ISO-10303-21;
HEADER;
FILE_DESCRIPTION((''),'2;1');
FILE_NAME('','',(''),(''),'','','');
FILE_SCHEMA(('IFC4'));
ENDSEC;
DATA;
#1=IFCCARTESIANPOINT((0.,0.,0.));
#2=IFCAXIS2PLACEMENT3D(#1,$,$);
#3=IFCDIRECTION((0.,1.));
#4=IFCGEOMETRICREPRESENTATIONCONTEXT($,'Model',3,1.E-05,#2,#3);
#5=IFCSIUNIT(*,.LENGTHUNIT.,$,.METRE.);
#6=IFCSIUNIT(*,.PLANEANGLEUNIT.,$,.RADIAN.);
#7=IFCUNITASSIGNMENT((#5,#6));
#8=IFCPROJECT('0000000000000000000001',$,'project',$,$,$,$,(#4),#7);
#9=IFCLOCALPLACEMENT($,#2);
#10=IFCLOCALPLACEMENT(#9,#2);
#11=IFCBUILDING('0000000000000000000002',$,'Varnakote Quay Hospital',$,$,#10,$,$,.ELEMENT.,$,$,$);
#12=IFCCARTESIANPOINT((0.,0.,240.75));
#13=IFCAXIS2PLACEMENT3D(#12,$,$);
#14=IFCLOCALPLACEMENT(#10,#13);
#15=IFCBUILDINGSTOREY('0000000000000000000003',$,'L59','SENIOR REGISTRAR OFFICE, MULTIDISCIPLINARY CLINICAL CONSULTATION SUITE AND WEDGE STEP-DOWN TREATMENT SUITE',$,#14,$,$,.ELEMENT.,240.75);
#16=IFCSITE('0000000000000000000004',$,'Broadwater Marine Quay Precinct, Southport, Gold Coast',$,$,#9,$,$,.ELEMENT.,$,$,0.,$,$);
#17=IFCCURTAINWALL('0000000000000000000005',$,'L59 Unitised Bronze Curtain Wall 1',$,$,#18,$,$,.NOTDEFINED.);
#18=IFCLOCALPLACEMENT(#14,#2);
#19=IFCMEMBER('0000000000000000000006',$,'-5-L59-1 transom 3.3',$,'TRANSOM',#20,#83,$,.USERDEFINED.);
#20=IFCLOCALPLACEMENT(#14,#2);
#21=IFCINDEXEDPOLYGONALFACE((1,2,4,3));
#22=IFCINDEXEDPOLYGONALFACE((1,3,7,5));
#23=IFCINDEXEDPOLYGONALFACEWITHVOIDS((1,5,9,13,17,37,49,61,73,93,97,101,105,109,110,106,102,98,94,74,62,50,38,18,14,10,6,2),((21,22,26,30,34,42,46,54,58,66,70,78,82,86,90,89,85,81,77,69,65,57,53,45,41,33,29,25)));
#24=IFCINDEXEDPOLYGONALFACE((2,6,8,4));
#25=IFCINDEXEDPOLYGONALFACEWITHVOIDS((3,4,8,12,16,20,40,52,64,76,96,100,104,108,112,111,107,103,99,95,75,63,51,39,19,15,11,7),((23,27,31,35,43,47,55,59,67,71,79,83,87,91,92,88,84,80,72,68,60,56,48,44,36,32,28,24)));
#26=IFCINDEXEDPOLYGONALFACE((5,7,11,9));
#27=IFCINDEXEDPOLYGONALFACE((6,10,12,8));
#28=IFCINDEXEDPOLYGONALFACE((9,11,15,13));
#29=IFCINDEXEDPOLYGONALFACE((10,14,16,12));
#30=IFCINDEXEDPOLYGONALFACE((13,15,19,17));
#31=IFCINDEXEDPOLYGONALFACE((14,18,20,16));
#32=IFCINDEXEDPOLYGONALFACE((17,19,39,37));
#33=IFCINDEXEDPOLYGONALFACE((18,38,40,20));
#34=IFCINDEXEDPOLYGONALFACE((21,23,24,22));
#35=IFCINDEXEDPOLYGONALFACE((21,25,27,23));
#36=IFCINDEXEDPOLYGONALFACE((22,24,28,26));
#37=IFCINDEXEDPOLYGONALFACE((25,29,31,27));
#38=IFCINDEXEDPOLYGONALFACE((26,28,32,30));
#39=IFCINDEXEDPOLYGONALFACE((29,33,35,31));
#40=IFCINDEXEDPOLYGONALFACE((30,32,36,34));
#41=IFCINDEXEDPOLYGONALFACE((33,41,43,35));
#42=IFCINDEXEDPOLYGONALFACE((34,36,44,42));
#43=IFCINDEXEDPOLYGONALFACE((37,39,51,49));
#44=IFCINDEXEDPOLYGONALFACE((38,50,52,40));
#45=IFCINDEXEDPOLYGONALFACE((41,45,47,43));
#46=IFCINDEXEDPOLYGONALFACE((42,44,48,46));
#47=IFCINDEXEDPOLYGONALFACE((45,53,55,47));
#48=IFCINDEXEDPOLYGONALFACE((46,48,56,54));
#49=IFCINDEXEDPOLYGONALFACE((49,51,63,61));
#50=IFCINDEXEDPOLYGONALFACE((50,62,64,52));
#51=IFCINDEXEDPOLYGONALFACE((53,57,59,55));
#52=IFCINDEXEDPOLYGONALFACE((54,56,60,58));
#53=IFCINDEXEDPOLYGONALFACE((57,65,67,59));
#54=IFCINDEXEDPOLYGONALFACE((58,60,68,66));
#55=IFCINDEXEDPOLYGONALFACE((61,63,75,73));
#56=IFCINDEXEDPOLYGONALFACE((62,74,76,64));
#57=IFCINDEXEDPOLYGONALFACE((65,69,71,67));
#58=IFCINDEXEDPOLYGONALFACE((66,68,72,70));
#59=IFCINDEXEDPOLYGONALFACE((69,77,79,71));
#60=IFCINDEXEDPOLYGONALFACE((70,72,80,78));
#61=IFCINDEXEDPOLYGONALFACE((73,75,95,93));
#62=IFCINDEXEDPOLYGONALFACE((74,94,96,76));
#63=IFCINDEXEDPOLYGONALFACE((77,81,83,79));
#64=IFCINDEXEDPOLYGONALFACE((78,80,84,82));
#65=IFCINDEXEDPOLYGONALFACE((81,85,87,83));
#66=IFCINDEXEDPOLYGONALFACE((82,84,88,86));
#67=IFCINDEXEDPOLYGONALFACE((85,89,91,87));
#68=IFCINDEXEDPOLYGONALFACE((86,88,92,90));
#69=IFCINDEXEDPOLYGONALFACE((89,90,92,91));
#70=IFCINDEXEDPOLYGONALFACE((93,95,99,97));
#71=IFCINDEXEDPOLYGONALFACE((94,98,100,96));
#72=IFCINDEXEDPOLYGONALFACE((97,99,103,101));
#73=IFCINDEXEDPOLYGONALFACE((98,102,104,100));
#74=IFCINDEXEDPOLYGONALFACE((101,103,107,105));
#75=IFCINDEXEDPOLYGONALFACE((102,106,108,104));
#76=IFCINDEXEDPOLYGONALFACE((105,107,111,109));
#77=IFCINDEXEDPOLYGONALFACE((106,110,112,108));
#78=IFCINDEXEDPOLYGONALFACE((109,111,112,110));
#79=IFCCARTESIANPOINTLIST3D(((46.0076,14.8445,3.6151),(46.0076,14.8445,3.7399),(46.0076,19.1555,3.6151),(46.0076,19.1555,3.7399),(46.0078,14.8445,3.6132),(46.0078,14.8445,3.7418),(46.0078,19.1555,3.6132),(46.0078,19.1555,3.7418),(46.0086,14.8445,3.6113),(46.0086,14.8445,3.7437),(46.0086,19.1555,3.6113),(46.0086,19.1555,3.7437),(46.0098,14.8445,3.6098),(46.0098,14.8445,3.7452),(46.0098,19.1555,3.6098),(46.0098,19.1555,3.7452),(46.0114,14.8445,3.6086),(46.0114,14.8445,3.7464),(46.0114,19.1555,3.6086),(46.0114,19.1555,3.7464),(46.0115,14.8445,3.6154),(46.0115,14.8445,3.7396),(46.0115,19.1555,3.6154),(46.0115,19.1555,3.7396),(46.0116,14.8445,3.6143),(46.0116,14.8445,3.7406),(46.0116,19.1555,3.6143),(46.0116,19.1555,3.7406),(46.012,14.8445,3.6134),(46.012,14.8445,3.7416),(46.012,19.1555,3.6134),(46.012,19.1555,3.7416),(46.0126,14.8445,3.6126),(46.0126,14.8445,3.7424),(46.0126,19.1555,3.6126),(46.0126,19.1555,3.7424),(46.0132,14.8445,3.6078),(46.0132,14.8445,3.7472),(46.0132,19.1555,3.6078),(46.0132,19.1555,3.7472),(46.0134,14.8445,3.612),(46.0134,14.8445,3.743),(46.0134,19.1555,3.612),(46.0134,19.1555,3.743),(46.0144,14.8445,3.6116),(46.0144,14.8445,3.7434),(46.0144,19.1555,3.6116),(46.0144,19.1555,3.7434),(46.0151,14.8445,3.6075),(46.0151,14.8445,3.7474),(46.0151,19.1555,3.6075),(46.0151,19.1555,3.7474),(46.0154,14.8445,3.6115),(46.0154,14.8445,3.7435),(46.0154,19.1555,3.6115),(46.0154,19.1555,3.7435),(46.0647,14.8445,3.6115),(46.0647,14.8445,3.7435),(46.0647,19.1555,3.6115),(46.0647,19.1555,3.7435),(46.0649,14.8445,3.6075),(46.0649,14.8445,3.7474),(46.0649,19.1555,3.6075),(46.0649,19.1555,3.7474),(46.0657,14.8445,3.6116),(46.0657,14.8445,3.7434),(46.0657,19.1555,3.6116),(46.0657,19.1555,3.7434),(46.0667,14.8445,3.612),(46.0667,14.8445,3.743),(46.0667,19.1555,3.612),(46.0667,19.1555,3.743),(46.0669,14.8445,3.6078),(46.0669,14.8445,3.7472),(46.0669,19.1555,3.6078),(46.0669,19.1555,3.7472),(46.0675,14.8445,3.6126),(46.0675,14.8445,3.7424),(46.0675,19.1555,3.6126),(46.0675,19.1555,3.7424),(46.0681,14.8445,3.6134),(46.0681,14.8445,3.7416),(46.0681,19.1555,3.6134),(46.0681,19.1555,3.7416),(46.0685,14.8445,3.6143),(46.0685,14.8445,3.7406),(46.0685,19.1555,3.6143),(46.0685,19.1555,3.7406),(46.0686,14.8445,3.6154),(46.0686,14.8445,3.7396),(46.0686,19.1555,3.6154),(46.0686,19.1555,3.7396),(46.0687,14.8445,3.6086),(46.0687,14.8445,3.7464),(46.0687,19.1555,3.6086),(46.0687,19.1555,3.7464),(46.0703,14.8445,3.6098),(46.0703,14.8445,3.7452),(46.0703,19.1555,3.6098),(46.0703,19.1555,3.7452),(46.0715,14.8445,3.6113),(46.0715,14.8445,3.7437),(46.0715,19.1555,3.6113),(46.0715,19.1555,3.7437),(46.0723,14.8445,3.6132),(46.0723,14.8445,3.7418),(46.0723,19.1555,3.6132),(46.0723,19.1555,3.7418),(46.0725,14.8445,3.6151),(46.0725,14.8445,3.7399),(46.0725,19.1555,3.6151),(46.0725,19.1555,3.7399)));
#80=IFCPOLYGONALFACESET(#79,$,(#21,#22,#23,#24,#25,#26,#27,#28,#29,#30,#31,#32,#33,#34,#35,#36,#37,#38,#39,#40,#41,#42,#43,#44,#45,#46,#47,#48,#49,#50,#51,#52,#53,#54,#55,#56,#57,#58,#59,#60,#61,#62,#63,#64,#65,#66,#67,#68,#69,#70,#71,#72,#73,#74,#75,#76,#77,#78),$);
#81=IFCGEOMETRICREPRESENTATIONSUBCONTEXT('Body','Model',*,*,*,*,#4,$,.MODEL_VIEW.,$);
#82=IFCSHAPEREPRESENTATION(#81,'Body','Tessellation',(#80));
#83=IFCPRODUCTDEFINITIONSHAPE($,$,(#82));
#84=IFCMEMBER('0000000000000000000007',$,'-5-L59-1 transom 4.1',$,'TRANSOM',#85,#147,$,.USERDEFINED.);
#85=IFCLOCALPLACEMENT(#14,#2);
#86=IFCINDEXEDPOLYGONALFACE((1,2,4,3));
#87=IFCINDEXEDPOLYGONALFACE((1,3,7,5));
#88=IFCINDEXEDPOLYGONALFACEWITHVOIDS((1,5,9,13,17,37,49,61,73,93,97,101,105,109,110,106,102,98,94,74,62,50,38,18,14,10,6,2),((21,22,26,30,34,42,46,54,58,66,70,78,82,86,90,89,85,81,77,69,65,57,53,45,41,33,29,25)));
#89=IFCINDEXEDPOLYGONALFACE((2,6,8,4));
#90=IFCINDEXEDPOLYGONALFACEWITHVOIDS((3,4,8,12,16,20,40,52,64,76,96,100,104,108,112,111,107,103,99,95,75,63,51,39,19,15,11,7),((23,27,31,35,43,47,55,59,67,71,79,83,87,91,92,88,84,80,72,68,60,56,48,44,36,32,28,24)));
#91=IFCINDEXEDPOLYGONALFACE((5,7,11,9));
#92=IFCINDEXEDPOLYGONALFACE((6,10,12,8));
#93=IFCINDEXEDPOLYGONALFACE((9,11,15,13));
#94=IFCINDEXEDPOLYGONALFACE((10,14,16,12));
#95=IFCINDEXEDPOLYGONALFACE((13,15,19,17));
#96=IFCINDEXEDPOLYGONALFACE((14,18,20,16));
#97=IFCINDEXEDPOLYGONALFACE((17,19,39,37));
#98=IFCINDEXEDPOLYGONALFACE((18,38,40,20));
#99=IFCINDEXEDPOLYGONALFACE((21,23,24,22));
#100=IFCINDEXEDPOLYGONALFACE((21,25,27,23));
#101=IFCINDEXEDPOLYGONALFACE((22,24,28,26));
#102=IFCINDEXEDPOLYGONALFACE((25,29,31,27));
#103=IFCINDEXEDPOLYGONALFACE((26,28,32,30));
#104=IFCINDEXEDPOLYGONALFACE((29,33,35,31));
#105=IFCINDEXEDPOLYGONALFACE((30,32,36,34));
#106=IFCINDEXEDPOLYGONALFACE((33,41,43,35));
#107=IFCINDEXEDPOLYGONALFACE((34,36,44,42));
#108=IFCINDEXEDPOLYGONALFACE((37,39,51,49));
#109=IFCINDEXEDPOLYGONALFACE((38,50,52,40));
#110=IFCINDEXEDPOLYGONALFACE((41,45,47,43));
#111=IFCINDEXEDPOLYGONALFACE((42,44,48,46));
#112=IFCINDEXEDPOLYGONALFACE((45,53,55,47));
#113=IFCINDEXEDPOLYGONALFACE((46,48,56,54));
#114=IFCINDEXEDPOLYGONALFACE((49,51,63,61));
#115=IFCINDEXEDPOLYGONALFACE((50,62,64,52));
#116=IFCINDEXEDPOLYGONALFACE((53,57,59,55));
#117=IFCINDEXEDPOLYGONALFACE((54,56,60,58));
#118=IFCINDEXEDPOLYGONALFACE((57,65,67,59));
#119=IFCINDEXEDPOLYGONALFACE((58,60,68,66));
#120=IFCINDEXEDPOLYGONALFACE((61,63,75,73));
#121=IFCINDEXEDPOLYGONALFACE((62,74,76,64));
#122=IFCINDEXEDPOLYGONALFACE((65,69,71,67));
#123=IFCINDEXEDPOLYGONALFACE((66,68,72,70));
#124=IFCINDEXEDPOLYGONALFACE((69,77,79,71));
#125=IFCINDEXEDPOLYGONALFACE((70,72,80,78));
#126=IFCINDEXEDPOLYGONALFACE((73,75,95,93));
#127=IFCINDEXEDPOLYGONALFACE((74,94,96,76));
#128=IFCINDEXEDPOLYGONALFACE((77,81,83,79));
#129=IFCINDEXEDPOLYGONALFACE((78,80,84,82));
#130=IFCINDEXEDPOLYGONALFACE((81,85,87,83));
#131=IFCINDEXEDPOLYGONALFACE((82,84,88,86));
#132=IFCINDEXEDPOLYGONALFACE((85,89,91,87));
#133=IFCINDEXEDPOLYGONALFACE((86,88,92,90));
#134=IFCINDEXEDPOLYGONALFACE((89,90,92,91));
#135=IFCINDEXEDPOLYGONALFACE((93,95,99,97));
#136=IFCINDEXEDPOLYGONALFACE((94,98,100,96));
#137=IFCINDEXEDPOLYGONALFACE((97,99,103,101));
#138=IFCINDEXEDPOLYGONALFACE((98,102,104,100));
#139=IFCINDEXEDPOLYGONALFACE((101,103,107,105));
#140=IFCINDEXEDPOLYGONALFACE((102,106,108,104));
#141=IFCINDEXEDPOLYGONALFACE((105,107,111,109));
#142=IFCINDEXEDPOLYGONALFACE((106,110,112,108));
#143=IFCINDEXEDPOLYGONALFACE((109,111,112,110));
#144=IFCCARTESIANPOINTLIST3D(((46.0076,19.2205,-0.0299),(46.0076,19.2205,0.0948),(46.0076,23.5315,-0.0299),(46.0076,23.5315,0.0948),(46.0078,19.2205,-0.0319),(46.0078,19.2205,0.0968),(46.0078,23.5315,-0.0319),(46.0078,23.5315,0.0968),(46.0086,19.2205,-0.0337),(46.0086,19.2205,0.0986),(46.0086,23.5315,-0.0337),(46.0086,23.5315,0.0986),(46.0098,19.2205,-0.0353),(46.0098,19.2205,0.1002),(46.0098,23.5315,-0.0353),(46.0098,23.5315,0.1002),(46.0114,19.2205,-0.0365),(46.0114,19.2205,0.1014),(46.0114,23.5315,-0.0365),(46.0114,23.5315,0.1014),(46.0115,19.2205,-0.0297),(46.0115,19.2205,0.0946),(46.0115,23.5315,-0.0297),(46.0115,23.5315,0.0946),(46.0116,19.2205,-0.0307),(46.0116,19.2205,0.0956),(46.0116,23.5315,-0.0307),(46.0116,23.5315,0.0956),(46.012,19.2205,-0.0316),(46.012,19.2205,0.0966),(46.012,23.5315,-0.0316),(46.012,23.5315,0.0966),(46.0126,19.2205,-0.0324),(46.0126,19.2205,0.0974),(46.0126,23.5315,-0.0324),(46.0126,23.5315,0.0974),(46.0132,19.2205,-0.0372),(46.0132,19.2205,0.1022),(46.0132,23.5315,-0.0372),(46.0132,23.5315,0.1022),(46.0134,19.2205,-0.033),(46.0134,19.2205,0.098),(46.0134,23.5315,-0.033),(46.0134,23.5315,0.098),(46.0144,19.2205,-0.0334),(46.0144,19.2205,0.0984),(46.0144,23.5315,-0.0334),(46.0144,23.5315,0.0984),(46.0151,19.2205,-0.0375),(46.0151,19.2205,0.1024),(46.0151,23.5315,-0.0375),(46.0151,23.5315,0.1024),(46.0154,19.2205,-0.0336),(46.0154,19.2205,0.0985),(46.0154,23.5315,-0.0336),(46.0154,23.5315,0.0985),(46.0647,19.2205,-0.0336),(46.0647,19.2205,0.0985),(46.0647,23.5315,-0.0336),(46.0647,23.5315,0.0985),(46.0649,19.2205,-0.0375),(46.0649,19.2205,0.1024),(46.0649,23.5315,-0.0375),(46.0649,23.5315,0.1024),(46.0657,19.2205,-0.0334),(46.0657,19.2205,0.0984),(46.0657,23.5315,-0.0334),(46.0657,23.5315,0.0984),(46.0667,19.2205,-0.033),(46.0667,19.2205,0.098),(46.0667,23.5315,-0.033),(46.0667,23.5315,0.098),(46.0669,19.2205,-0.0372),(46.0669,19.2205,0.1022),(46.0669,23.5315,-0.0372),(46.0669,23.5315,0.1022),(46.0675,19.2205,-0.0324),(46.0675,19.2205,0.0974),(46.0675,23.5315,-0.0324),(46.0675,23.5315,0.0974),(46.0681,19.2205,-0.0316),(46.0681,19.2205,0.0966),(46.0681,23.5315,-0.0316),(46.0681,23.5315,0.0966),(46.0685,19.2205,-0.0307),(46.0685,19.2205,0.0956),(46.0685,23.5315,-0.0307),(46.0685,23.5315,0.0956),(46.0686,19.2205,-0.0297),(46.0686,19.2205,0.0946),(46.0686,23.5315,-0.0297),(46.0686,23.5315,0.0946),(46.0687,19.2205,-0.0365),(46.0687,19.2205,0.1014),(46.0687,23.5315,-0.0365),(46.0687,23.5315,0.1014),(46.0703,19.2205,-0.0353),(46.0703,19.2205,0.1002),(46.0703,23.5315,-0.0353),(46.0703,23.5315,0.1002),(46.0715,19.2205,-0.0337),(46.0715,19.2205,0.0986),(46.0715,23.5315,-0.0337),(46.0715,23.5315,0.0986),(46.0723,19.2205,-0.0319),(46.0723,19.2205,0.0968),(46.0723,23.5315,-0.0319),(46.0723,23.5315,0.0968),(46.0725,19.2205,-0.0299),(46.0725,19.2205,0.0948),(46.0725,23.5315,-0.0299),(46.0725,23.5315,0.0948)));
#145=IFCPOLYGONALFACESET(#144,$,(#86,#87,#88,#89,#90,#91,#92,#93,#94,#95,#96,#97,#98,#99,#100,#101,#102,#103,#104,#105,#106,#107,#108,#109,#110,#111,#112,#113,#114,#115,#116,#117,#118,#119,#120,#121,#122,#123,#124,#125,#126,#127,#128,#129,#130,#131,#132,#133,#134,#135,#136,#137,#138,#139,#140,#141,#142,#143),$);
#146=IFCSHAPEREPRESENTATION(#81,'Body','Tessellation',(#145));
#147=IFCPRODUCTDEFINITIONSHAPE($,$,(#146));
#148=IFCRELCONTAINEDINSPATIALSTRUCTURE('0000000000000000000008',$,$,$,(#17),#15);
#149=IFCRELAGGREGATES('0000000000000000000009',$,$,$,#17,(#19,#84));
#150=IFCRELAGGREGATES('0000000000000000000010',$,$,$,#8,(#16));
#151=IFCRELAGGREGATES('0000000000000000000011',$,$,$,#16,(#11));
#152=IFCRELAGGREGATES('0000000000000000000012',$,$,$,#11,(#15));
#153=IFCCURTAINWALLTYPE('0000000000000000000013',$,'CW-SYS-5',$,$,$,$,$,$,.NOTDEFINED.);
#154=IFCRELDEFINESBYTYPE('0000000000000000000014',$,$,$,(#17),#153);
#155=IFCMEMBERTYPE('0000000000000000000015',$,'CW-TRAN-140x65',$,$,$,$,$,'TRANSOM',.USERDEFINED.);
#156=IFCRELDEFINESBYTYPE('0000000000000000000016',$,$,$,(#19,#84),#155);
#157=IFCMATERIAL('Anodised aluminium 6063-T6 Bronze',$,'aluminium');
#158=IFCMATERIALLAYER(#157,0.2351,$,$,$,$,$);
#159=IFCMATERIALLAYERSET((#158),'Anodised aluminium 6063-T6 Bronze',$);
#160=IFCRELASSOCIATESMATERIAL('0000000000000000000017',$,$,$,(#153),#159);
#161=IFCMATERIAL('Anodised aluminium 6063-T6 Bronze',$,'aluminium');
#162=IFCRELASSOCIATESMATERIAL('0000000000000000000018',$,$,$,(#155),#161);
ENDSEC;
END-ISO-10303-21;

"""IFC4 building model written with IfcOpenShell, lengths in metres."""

from ifc_helpers import new_model, si_unit, direction, frame, origin, origin_2d, place, context, subcontext, project, spatial, hollow_rectangle, extrude, material, layer, layer_set, material_profile, profile_set, type_object, element, aggregate, save


model = new_model("IFC4")

# Units and contexts
model_context = context("Model", 3, precision=1e-05, world=origin(), true_north=direction((0.0, 1.0)))
body_context = subcontext(model_context, "Body", "Model", "MODEL_VIEW")
ifc_project = project(units=[si_unit("LENGTHUNIT", "METRE"), si_unit("PLANEANGLEUNIT", "RADIAN")], contexts=[model_context])

# Site, building, storey
site_placement = place(None, origin())
site = spatial("IfcSite", under=ifc_project, at=site_placement, Name="Broadwater Marine Quay Precinct, Southport, Gold Coast", CompositionType="ELEMENT", RefElevation=0.0)
building_placement = place(site_placement, origin())
building = spatial("IfcBuilding", under=site, at=building_placement, Name="Varnakote Quay Hospital", CompositionType="ELEMENT")
storey_placement = place(building_placement, frame((0.0, 0.0, 240.75)))
storey = spatial("IfcBuildingStorey", under=building, at=storey_placement, Name="L59", Description="SENIOR REGISTRAR OFFICE, MULTIDISCIPLINARY CLINICAL CONSULTATION SUITE AND WEDGE STEP-DOWN TREATMENT SUITE", CompositionType="ELEMENT", Elevation=240.75)

# Curtain wall, members
ifc_material_1 = material(Name="Anodised aluminium 6063-T6 Bronze", Category="aluminium")
ifc_layer_1 = layer(ifc_material_1, 0.2351)
ifc_layer_set_1 = layer_set([ifc_layer_1], Name="Anodised aluminium 6063-T6 Bronze")
curtain_wall_type = type_object("IfcCurtainWallType", Name="CW-SYS-5", PredefinedType="NOTDEFINED", material=ifc_layer_set_1)
curtain_wall_placement = place(storey_placement, origin())
curtain_wall = element("IfcCurtainWall", 1, at=curtain_wall_placement, inside=storey, type_object=curtain_wall_type, Name="L59 Unitised Bronze Curtain Wall 1", PredefinedType="NOTDEFINED")
ifc_material_2 = material(Name="Anodised aluminium 6063-T6 Bronze", Category="aluminium")
ifc_material_profile_1 = material_profile(ifc_material_2, hollow_rectangle(XDim=0.0649, YDim=0.1399, WallThickness=0.0039, InnerFilletRadius=0.0039, OuterFilletRadius=0.0076, at=origin_2d()), Name="CW-TRAN-140x65")
ifc_profile_set_1 = profile_set([ifc_material_profile_1], Name="Anodised aluminium 6063-T6 Bronze")
member_type_1 = type_object("IfcMemberType", Name="CW-TRAN-140x65", ElementType="TRANSOM", PredefinedType="USERDEFINED", material=ifc_profile_set_1)
member_1_placement = place(storey_placement, frame((46.04, 14.8445, 3.6775), z_axis=(0.0, 1.0, 0.0), x_axis=(-1.0, 0.0, 0.0)))
member_1 = element("IfcMember", 2, at=member_1_placement, type_object=member_type_1, Name="-5-L59-1 transom 3.3", ObjectType="TRANSOM", PredefinedType="USERDEFINED", context=body_context, shape_type="SweptSolid", body=[
    extrude(hollow_rectangle(XDim=0.0649, YDim=0.1399, WallThickness=0.0039, InnerFilletRadius=0.0039, OuterFilletRadius=0.0076, at=origin_2d()), origin(), (0.0, 0.0, 1.0), 4.311),
])
member_2_placement = place(storey_placement, frame((46.04, 19.2205, 0.0325), z_axis=(0.0, 1.0, 0.0), x_axis=(-1.0, 0.0, 0.0)))
member_2 = element("IfcMember", 3, at=member_2_placement, type_object=member_type_1, Name="-5-L59-1 transom 4.1", ObjectType="TRANSOM", PredefinedType="USERDEFINED", context=body_context, shape_type="SweptSolid", body=[
    extrude(hollow_rectangle(XDim=0.0649, YDim=0.1399, WallThickness=0.0039, InnerFilletRadius=0.0039, OuterFilletRadius=0.0076, at=origin_2d()), origin(), (0.0, 0.0, 1.0), 4.311),
])
aggregate(curtain_wall, [member_1, member_2])

save(model, "model.ifc")
